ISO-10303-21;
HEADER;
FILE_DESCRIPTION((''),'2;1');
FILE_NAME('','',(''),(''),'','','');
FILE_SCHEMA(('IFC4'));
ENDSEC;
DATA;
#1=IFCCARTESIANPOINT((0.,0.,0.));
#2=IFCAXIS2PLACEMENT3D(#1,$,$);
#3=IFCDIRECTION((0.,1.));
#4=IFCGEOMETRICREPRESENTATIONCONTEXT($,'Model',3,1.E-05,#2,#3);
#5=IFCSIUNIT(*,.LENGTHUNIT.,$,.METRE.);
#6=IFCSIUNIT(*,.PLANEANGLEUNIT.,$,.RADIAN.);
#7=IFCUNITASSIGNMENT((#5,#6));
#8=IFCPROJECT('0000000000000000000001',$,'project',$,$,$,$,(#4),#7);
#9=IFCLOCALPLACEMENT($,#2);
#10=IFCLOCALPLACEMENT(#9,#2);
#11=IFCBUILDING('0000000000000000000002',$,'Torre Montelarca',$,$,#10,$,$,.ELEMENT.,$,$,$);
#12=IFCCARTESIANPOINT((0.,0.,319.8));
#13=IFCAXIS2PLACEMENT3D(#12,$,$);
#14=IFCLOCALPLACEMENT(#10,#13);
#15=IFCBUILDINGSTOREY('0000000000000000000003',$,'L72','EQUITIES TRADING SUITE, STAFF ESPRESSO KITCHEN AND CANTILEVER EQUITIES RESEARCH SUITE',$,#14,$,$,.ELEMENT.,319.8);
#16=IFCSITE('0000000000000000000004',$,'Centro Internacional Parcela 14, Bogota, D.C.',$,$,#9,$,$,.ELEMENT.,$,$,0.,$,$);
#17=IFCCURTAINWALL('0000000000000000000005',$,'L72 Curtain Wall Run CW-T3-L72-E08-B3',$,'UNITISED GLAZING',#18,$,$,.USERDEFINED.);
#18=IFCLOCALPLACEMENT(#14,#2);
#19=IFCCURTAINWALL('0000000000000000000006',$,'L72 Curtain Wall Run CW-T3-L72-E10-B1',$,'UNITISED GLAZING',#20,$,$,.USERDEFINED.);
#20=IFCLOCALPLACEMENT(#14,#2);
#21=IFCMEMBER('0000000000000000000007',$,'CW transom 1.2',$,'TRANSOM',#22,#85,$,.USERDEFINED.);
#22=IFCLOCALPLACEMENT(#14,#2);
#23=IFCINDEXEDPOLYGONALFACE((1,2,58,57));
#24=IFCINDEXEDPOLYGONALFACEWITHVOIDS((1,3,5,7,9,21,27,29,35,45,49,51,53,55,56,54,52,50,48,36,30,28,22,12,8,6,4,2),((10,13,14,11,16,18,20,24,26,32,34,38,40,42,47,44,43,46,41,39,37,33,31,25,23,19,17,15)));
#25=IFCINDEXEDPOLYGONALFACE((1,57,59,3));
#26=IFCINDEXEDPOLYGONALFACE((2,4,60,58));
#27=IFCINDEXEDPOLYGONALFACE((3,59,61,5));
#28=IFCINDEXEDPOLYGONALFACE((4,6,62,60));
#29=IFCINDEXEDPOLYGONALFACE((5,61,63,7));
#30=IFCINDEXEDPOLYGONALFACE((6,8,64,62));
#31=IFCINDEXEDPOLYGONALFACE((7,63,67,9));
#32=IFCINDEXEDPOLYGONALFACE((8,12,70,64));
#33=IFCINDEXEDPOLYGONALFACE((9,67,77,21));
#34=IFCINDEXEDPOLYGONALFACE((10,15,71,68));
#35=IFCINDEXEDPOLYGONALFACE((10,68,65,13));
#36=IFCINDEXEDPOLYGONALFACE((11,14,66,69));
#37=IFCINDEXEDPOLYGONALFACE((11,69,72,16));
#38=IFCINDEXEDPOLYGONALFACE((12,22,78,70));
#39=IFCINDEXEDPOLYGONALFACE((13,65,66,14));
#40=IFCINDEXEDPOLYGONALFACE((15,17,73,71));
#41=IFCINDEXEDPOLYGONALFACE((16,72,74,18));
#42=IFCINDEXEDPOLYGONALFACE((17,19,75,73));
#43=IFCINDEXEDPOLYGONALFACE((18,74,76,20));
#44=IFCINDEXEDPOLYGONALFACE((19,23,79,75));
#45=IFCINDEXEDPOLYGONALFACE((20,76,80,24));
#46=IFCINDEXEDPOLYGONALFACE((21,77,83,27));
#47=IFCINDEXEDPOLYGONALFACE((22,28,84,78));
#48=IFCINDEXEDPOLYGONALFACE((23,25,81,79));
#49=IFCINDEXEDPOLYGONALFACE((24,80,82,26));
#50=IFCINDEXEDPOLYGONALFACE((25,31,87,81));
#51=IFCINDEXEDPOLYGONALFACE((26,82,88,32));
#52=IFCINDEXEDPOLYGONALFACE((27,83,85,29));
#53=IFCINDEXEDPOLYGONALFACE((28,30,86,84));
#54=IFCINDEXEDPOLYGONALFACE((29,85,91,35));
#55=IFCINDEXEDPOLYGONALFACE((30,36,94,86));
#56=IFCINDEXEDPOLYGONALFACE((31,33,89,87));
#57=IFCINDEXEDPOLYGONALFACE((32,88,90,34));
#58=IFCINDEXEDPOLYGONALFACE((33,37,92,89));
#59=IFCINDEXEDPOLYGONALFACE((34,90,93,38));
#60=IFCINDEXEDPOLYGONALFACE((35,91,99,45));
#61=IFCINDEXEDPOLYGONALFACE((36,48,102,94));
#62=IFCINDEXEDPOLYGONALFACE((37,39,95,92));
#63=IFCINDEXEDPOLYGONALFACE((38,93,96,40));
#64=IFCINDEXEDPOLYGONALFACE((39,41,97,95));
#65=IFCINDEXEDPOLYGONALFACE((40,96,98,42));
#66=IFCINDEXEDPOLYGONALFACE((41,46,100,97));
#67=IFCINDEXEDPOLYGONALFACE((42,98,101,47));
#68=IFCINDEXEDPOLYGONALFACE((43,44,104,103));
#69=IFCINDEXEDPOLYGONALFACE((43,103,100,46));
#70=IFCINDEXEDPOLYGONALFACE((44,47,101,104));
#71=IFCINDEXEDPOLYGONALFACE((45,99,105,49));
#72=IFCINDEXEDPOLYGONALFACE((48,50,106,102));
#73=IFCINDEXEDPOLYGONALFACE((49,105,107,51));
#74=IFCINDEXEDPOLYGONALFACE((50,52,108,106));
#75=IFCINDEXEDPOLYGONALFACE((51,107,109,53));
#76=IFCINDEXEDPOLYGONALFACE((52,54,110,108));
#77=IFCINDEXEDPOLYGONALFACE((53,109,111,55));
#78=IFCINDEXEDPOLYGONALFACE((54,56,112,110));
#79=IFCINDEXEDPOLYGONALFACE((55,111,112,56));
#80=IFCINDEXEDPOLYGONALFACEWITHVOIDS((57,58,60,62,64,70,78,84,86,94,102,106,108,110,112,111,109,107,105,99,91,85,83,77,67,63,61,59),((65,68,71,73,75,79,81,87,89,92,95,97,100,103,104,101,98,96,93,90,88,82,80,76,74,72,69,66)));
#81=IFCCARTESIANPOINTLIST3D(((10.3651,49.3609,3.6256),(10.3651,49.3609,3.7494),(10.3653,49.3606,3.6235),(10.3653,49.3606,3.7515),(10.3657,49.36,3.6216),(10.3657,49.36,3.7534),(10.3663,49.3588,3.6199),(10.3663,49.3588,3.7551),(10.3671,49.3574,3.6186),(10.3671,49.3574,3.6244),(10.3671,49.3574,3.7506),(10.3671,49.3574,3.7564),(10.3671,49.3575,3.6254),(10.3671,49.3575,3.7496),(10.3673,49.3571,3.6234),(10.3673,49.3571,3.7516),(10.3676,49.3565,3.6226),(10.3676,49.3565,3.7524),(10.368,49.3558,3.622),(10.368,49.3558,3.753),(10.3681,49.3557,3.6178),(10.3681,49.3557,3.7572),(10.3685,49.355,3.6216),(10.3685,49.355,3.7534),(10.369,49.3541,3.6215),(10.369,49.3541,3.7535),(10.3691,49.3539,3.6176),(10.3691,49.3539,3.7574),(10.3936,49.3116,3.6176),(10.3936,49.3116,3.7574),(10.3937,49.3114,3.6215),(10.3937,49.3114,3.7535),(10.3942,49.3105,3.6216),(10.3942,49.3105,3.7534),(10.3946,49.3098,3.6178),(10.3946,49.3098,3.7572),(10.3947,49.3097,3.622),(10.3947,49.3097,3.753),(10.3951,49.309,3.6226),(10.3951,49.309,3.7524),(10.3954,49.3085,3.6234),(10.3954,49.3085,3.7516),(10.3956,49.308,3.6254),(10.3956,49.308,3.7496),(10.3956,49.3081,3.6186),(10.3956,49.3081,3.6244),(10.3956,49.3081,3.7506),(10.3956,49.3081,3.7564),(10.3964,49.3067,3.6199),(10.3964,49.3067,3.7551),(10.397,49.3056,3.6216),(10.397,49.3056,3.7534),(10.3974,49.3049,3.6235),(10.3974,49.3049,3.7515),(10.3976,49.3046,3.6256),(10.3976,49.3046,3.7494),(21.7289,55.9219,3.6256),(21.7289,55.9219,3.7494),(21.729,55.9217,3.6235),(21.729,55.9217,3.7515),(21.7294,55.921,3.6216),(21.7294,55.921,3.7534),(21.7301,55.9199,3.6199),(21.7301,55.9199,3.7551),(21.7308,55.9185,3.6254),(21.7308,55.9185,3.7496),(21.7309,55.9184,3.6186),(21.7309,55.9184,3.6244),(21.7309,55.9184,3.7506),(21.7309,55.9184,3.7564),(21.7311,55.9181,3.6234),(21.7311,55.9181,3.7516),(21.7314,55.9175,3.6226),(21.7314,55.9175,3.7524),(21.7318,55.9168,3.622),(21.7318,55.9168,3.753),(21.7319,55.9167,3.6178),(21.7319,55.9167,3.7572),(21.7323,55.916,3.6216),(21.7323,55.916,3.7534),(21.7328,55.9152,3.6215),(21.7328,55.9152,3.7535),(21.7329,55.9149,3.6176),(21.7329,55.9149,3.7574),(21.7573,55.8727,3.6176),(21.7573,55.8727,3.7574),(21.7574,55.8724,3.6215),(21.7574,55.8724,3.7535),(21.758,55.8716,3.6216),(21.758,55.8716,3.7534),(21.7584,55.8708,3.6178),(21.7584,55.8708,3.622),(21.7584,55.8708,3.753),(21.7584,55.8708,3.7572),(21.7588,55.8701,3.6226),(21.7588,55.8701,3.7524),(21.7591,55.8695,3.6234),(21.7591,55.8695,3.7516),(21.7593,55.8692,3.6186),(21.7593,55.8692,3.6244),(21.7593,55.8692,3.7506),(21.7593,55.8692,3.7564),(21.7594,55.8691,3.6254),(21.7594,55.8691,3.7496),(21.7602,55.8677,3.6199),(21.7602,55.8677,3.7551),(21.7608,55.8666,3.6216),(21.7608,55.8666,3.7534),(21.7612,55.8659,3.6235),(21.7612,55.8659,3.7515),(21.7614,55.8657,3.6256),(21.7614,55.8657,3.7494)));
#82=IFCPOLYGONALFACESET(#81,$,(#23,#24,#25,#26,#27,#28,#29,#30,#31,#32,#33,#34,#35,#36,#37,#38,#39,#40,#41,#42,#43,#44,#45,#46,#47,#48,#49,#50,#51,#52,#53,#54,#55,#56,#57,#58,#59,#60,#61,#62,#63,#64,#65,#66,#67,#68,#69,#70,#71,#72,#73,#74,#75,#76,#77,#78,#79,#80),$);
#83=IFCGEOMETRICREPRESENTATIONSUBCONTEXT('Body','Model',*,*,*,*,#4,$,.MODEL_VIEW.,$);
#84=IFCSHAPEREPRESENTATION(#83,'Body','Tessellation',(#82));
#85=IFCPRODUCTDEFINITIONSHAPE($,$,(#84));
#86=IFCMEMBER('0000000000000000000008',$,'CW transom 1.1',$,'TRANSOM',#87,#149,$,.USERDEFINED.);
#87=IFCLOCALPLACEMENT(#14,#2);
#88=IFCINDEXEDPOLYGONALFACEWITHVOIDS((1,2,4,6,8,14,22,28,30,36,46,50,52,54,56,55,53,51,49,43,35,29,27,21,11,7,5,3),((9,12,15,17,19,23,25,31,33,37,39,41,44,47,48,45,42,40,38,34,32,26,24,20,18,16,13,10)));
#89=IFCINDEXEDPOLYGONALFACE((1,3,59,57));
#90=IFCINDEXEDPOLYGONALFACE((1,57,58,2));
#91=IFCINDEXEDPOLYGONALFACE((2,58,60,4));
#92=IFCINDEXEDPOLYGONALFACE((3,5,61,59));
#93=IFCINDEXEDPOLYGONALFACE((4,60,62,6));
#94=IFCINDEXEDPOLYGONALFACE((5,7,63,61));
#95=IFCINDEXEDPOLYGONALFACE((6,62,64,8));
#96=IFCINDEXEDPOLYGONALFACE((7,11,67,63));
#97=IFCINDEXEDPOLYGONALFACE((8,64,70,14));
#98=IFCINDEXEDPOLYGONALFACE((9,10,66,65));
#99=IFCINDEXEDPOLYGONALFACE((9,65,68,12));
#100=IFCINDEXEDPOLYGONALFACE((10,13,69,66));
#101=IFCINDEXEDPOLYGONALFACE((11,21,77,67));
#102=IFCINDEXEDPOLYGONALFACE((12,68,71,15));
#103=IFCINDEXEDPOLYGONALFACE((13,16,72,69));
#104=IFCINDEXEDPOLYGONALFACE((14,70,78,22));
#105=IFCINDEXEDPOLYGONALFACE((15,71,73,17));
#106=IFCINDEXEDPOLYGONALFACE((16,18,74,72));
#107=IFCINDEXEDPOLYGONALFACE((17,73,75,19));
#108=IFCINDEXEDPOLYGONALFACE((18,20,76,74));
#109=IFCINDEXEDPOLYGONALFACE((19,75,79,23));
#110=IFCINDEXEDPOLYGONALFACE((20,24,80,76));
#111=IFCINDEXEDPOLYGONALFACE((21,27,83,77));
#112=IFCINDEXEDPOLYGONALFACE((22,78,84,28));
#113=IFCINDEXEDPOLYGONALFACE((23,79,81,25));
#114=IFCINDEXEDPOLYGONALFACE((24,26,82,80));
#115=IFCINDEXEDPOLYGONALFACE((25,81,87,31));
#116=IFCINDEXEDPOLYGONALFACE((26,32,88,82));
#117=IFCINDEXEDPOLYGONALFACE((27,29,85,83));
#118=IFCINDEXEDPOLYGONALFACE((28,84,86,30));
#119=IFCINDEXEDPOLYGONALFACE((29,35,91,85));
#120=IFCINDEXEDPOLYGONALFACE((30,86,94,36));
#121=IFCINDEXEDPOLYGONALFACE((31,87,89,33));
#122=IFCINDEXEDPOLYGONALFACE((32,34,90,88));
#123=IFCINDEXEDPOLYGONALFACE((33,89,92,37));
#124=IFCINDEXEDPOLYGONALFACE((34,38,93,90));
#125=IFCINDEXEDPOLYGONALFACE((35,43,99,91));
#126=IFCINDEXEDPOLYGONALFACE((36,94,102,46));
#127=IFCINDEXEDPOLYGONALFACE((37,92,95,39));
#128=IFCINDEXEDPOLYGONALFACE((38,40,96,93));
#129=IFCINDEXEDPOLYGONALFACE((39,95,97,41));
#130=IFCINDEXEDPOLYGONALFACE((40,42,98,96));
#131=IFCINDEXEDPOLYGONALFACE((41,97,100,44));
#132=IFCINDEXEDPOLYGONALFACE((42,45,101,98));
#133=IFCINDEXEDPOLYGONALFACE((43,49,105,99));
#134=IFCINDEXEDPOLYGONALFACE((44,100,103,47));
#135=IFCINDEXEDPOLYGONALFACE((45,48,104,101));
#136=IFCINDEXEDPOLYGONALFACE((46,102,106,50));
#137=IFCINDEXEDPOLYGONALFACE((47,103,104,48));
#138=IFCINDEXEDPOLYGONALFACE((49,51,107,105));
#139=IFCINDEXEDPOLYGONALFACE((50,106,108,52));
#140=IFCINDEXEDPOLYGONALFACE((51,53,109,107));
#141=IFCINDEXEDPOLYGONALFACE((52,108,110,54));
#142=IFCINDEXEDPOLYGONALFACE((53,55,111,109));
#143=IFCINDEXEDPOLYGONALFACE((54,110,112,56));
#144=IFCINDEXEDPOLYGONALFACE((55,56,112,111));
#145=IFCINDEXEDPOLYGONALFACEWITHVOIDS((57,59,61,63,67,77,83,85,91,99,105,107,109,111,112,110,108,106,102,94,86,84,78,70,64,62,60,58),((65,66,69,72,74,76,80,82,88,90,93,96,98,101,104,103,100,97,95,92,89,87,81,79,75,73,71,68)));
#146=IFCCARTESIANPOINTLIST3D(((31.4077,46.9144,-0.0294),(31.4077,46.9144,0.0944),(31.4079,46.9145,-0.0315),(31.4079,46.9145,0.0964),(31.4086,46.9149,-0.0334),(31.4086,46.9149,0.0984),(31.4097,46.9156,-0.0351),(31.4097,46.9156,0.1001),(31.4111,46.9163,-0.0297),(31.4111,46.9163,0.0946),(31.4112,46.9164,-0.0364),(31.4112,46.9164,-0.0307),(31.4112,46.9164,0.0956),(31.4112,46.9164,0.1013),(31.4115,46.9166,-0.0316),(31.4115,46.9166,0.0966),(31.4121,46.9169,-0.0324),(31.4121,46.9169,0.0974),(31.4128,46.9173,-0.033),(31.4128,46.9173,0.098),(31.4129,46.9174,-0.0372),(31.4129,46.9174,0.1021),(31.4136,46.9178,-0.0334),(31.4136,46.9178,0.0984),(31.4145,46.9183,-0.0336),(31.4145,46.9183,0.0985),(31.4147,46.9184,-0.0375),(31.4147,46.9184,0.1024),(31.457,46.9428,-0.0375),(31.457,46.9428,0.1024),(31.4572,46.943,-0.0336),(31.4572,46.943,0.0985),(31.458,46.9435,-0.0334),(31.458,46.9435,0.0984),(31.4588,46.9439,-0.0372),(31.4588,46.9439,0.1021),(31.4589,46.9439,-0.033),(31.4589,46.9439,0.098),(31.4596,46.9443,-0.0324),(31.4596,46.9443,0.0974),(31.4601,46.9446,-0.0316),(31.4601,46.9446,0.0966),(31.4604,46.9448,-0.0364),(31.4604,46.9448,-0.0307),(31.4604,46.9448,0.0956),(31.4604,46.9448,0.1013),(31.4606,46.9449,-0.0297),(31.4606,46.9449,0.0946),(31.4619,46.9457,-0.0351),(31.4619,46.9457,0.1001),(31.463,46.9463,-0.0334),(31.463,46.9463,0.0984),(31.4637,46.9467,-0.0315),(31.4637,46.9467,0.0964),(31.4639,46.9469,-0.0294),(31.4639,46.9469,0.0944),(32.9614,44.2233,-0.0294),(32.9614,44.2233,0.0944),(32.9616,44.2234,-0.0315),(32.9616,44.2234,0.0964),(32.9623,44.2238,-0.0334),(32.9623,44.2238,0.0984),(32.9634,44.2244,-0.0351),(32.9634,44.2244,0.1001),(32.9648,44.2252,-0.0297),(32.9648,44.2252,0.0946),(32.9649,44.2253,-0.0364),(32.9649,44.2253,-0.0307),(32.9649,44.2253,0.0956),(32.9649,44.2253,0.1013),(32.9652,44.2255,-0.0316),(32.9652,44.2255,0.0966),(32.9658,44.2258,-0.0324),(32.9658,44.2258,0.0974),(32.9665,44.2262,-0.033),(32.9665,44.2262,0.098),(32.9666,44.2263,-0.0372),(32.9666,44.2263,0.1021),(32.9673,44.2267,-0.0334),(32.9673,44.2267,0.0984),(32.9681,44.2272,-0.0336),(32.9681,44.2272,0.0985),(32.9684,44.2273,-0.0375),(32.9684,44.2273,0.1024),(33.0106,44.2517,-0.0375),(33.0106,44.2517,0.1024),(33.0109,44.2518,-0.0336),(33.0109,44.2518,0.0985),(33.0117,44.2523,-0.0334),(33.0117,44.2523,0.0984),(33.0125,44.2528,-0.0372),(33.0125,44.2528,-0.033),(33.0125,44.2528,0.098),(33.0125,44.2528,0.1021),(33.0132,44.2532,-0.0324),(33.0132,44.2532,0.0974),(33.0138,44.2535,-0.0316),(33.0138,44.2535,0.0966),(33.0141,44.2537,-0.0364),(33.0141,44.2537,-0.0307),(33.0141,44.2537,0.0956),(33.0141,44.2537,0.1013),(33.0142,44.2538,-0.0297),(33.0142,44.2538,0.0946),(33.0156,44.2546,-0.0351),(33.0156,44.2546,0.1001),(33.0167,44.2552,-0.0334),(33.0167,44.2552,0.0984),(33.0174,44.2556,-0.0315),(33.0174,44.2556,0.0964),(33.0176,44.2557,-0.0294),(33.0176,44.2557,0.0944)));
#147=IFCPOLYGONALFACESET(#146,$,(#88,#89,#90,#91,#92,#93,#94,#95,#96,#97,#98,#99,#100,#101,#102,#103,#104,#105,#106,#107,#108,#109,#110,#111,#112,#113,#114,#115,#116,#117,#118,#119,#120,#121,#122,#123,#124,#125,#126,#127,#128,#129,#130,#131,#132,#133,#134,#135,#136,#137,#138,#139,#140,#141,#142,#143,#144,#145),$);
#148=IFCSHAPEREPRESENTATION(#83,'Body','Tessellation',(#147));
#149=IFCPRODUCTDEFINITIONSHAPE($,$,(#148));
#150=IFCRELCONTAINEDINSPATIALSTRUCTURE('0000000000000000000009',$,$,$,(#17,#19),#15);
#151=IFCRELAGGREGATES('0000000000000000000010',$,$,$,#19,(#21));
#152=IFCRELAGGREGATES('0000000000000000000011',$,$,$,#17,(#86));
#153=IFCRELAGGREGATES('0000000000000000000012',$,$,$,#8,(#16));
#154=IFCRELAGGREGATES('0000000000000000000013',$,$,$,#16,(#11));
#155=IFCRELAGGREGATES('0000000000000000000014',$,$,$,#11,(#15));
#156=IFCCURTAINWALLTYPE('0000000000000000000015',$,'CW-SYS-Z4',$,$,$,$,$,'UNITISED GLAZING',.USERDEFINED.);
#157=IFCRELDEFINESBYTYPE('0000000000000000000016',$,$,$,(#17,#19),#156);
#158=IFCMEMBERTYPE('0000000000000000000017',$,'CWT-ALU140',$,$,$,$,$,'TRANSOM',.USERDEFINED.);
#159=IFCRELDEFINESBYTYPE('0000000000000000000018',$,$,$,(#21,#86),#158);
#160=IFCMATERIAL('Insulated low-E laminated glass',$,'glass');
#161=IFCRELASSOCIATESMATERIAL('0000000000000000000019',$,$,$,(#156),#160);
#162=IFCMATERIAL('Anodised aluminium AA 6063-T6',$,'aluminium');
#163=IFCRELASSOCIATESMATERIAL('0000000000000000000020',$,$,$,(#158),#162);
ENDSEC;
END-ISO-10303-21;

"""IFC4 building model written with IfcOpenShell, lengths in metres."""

from ifc_helpers import new_model, si_unit, direction, frame, origin, origin_2d, place, context, subcontext, project, spatial, hollow_rectangle, extrude, source, transform, mapped, material, material_profile, profile_set, type_object, element, aggregate, save


model = new_model("IFC4")

# Units and contexts
model_context = context("Model", 3, precision=1e-05, world=origin(), true_north=direction((0.0, 1.0)))
body_context = subcontext(model_context, "Body", "Model", "MODEL_VIEW")
ifc_project = project(units=[si_unit("LENGTHUNIT", "METRE"), si_unit("PLANEANGLEUNIT", "RADIAN")], contexts=[model_context])

# Site, building, storey
site_placement = place(None, origin())
site = spatial("IfcSite", under=ifc_project, at=site_placement, Name="Centro Internacional Parcela 14, Bogota, D.C.", CompositionType="ELEMENT", RefElevation=0.0)
building_placement = place(site_placement, origin())
building = spatial("IfcBuilding", under=site, at=building_placement, Name="Torre Montelarca", CompositionType="ELEMENT")
storey_placement = place(building_placement, frame((0.0, 0.0, 319.8)))
storey = spatial("IfcBuildingStorey", under=building, at=storey_placement, Name="L72", Description="EQUITIES TRADING SUITE, STAFF ESPRESSO KITCHEN AND CANTILEVER EQUITIES RESEARCH SUITE", CompositionType="ELEMENT", Elevation=319.8)

# Curtain wall
ifc_material_1 = material(Name="Insulated low-E laminated glass", Category="glass")
curtain_wall_type = type_object("IfcCurtainWallType", Name="CW-SYS-Z4", ElementType="UNITISED GLAZING", PredefinedType="USERDEFINED", material=ifc_material_1)
curtain_wall_1_placement = place(storey_placement, origin())
curtain_wall_1 = element("IfcCurtainWall", 1, at=curtain_wall_1_placement, inside=storey, type_object=curtain_wall_type, Name="L72 Curtain Wall Run CW-T3-L72-E08-B3", ObjectType="UNITISED GLAZING", PredefinedType="USERDEFINED")
ifc_material_2 = material(Name="Anodised aluminium AA 6063-T6", Category="aluminium")

# Curtain wall
curtain_wall_2_placement = place(storey_placement, origin())
curtain_wall_2 = element("IfcCurtainWall", 2, at=curtain_wall_2_placement, inside=storey, type_object=curtain_wall_type, Name="L72 Curtain Wall Run CW-T3-L72-E10-B1", ObjectType="UNITISED GLAZING", PredefinedType="USERDEFINED")

# Members
ifc_material_profile_1 = material_profile(ifc_material_2, hollow_rectangle(XDim=0.0649, YDim=0.1399, WallThickness=0.0039, InnerFilletRadius=0.0039, OuterFilletRadius=0.0081, at=origin_2d()), Name="ALU65X140X4", Category="aluminium")
ifc_profile_set_1 = profile_set([ifc_material_profile_1], Name="Anodised aluminium AA 6063-T6")
member_type_1 = type_object("IfcMemberType", Name="CWT-ALU140", ElementType="TRANSOM", PredefinedType="USERDEFINED", material=ifc_profile_set_1)
shared_shape_1 = source(origin(), body_context, "Body", "SweptSolid", [
    extrude(hollow_rectangle(XDim=0.0649, YDim=0.1399, WallThickness=0.0039, InnerFilletRadius=0.0039, OuterFilletRadius=0.0081, at=origin_2d()), origin(), (0.0, 0.0, 1.0), 13.1218),
])
member_1_placement = place(storey_placement, frame((21.7451, 55.8938, 3.6875), z_axis=(-0.86602, -0.500009, 0.0), x_axis=(0.500009, -0.86602, 0.0)))
member_1 = element("IfcMember", 3, at=member_1_placement, type_object=member_type_1, Name="CW transom 1.2", ObjectType="TRANSOM", PredefinedType="USERDEFINED", context=body_context, shape_type="MappedRepresentation", body=[
    mapped(shared_shape_1, transform((0.0, 0.0, 0.0), scale=1.0)),
])
aggregate(curtain_wall_2, [member_1])
shared_shape_2 = source(origin(), body_context, "Body", "SweptSolid", [
    extrude(hollow_rectangle(XDim=0.0649, YDim=0.1399, WallThickness=0.0039, InnerFilletRadius=0.0039, OuterFilletRadius=0.0081, at=origin_2d()), origin(), (0.0, 0.0, 1.0), 3.1074),
])
member_2_placement = place(storey_placement, frame((32.9895, 44.2395, 0.0325), z_axis=(-0.499992, 0.86603, 0.0), x_axis=(-0.86603, -0.499992, 0.0)))
member_2 = element("IfcMember", 4, at=member_2_placement, type_object=member_type_1, Name="CW transom 1.1", ObjectType="TRANSOM", PredefinedType="USERDEFINED", context=body_context, shape_type="MappedRepresentation", body=[
    mapped(shared_shape_2, transform((0.0, 0.0, 0.0), scale=1.0)),
])

aggregate(curtain_wall_1, [member_2])

save(model, "model.ifc")
